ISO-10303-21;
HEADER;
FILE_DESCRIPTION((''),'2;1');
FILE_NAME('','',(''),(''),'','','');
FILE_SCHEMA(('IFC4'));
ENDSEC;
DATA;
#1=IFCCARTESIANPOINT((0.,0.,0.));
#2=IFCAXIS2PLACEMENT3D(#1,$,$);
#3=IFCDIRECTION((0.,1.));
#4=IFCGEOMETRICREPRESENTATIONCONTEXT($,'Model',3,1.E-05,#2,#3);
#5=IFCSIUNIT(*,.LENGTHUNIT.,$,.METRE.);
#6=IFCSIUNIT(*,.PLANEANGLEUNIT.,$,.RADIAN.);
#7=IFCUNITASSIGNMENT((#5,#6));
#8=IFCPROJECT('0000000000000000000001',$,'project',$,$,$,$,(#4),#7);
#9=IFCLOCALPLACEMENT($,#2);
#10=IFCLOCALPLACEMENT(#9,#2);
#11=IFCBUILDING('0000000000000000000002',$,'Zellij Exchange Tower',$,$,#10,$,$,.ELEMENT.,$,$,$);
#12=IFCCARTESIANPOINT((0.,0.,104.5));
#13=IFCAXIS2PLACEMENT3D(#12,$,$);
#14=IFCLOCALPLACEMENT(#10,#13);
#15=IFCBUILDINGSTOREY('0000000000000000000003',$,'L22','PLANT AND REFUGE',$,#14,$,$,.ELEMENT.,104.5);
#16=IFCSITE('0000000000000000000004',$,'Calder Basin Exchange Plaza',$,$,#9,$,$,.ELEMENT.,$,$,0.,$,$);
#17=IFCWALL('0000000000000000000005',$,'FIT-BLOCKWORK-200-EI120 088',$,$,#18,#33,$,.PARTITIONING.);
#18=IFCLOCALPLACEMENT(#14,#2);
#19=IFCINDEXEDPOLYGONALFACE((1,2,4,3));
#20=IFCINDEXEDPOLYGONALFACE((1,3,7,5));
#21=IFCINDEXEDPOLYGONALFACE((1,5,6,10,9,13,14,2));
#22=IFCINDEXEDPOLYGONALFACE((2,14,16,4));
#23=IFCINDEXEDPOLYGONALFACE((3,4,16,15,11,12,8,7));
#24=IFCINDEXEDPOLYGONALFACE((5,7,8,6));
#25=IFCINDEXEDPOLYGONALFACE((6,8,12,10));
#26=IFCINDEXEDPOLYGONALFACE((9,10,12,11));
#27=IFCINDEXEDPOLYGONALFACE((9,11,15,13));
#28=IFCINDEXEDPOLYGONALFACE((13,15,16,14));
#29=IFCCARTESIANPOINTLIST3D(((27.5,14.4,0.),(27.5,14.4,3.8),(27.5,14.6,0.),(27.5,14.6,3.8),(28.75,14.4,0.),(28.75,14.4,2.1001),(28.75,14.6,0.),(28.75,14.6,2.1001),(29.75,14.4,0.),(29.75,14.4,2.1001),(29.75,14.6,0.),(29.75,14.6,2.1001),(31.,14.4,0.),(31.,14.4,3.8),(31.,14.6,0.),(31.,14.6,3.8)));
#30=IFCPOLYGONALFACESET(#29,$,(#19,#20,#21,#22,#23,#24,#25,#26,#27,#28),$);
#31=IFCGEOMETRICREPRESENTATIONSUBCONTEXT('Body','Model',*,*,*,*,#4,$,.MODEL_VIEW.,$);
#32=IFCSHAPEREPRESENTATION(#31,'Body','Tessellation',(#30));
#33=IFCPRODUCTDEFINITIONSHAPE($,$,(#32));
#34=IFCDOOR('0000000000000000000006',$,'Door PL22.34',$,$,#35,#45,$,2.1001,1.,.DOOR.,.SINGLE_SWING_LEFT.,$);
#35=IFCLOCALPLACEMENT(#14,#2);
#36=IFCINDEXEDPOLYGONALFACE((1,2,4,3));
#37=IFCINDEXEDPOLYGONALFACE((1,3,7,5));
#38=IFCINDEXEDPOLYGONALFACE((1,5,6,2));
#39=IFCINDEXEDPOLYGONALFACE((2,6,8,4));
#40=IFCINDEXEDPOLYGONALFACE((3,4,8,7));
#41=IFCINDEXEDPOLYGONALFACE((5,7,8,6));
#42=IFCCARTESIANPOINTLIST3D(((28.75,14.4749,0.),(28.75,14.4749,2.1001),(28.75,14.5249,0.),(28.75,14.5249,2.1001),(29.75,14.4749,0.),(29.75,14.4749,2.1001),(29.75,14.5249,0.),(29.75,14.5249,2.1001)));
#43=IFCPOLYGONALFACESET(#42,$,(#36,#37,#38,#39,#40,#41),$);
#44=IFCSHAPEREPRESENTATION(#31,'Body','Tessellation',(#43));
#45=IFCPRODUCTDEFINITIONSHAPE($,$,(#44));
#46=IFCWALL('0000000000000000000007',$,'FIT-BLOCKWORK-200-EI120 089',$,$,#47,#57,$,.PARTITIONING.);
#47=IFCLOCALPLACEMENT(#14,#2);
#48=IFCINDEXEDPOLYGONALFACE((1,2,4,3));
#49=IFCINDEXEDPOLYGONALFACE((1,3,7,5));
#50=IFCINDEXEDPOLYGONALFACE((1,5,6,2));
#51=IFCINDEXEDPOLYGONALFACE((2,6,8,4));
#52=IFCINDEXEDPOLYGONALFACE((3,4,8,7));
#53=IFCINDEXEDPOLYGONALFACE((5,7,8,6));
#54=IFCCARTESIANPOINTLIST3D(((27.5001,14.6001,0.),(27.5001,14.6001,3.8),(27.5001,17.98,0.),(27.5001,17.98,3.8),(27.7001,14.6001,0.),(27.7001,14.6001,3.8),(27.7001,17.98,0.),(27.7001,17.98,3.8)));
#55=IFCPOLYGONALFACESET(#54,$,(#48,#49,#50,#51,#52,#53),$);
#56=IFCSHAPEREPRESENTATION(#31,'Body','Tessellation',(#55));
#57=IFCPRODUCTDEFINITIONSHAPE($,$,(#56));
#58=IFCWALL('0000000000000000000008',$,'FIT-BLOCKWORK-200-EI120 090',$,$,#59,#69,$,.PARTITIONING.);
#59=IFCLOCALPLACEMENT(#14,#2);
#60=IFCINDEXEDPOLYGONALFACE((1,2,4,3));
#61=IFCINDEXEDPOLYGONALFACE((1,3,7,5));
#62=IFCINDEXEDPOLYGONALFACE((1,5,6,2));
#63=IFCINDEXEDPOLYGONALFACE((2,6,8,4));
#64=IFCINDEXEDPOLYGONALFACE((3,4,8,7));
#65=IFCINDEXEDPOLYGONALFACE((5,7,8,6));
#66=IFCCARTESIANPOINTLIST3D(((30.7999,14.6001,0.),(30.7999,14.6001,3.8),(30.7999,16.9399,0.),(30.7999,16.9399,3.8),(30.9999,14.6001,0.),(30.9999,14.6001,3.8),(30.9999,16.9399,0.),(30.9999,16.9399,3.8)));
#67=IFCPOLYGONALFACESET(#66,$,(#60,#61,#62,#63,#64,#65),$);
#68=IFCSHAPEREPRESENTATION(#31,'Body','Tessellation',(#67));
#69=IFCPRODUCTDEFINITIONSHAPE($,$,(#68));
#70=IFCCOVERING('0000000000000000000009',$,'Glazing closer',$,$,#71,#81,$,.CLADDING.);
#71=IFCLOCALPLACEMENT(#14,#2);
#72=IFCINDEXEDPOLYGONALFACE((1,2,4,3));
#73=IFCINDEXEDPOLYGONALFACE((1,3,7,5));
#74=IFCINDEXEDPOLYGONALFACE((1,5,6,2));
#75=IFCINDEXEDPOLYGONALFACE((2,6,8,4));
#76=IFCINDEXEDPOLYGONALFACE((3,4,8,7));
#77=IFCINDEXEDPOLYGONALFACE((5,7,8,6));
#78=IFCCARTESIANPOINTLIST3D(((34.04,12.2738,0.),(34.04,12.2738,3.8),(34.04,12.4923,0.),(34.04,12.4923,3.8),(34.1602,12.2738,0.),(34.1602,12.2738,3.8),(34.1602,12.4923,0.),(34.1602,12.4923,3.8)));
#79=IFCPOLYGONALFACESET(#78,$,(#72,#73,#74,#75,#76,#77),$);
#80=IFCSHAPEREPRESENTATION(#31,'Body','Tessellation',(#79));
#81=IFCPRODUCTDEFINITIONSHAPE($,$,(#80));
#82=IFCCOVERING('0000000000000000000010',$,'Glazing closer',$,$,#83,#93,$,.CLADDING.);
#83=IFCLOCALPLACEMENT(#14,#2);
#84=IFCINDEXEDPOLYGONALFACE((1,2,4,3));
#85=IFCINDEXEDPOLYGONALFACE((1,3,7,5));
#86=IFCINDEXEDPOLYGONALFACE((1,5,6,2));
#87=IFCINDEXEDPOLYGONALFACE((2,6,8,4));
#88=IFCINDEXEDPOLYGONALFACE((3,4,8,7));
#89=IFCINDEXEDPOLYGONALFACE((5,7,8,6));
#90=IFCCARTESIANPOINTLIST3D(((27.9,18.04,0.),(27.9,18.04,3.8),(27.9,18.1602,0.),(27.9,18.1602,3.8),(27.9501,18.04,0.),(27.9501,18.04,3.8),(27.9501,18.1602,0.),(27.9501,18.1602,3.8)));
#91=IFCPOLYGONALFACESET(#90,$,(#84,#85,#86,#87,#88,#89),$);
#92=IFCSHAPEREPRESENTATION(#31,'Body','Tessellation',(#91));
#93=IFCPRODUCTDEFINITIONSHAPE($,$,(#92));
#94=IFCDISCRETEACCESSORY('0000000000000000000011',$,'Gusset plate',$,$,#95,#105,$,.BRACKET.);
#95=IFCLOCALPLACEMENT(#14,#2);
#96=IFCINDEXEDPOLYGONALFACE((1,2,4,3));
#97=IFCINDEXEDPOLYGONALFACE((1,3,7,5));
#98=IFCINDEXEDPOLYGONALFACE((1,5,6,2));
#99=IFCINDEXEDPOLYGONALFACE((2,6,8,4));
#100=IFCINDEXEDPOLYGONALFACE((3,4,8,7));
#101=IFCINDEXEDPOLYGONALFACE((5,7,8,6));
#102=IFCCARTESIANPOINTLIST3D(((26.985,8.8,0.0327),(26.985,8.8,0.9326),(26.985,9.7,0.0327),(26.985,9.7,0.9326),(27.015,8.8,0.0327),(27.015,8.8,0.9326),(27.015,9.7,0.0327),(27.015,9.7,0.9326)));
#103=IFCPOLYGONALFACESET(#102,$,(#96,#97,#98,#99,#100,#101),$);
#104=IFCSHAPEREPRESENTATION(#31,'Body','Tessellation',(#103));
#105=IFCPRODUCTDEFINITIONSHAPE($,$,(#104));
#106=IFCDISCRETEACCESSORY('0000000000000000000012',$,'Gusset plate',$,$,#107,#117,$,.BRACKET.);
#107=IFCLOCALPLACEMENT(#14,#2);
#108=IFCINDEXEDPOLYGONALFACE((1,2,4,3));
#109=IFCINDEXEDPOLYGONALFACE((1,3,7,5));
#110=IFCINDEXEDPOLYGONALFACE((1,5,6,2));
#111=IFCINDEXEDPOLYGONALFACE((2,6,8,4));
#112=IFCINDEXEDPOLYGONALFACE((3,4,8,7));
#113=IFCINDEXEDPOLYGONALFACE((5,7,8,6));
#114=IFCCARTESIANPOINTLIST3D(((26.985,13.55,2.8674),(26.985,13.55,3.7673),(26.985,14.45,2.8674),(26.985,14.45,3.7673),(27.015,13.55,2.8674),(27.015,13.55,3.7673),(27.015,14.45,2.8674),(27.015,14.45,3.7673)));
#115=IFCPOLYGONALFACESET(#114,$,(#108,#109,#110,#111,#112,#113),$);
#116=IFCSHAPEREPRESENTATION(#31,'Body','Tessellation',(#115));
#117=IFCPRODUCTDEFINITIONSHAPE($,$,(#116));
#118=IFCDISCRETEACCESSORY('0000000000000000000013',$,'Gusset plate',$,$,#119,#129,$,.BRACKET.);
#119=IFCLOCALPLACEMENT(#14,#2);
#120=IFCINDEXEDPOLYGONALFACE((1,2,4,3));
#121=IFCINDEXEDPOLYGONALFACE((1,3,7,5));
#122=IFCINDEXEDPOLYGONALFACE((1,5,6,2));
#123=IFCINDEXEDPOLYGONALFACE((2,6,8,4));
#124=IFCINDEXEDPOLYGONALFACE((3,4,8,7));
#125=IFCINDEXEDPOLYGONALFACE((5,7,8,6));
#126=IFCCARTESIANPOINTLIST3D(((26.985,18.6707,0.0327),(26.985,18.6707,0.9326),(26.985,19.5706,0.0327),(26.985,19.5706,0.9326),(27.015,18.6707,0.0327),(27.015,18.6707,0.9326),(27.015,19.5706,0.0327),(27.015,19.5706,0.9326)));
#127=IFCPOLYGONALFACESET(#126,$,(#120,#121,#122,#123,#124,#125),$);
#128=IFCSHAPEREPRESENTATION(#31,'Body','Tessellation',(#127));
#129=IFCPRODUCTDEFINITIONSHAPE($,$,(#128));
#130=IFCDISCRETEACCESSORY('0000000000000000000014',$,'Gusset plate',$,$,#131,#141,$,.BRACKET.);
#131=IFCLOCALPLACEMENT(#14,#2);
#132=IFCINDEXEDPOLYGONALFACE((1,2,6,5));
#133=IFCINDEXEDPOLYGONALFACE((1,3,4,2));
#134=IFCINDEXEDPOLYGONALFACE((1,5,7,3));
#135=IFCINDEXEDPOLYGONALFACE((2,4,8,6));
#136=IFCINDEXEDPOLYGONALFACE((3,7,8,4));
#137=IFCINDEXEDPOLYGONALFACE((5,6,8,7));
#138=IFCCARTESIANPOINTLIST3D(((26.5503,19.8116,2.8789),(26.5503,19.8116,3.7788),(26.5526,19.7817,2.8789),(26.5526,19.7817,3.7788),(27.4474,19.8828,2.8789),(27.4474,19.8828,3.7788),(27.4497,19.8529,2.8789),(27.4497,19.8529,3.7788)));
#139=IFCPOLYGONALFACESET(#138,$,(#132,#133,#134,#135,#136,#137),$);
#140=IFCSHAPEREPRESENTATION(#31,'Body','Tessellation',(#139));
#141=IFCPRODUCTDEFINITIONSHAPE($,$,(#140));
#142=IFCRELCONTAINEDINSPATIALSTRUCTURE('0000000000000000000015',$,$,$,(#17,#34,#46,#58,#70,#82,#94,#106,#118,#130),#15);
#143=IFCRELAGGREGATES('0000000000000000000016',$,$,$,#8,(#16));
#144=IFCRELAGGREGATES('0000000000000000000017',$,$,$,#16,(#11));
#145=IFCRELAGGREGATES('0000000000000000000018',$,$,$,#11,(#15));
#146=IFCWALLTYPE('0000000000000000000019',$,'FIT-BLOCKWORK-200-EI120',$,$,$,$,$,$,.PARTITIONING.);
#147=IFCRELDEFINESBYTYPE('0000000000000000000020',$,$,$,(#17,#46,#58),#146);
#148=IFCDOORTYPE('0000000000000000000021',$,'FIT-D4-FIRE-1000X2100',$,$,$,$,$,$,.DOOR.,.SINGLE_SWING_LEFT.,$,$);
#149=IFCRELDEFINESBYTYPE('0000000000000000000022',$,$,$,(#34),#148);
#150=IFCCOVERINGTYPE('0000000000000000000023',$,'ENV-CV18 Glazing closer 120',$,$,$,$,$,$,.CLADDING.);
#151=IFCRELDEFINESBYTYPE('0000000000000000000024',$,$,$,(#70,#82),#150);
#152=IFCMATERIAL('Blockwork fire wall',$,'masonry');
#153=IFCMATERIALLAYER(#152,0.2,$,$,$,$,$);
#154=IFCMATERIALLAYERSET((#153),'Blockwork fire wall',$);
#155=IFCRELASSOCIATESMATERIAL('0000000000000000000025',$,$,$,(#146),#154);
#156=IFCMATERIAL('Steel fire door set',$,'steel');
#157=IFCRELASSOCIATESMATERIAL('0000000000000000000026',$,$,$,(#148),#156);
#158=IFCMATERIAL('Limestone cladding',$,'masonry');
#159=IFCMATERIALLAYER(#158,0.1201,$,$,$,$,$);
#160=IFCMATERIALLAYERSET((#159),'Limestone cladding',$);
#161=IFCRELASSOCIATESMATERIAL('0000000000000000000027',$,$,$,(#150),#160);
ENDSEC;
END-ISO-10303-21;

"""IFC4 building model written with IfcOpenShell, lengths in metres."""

from ifc_helpers import new_model, si_unit, direction, frame, frame_2d, origin, origin_2d, place, context, subcontext, project, spatial, rectangle, extrude, material, layer, layer_set, type_object, element, fill, save


model = new_model("IFC4")

# Units and contexts
model_context = context("Model", 3, precision=1e-05, world=origin(), true_north=direction((0.0, 1.0)))
body_context = subcontext(model_context, "Body", "Model", "MODEL_VIEW")
ifc_project = project(units=[si_unit("LENGTHUNIT", "METRE"), si_unit("PLANEANGLEUNIT", "RADIAN")], contexts=[model_context])

# Site, building, storey
site_placement = place(None, origin())
site = spatial("IfcSite", under=ifc_project, at=site_placement, Name="Calder Basin Exchange Plaza", CompositionType="ELEMENT", RefElevation=0.0)
building_placement = place(site_placement, origin())
building = spatial("IfcBuilding", under=site, at=building_placement, Name="Zellij Exchange Tower", CompositionType="ELEMENT")
storey_placement = place(building_placement, frame((0.0, 0.0, 104.5)))
storey = spatial("IfcBuildingStorey", under=building, at=storey_placement, Name="L22", Description="PLANT AND REFUGE", CompositionType="ELEMENT", Elevation=104.5)

# Wall, opening, door
ifc_material_1 = material(Name="Blockwork fire wall", Category="masonry")
ifc_layer_1 = layer(ifc_material_1, 0.2)
ifc_layer_set_1 = layer_set([ifc_layer_1], Name="Blockwork fire wall")
wall_type_1 = type_object("IfcWallType", Name="FIT-BLOCKWORK-200-EI120", PredefinedType="PARTITIONING", material=ifc_layer_set_1)
wall_1_placement = place(storey_placement, frame((27.5, 14.5, 0.0), z_axis=(0.0, 0.0, 1.0), x_axis=(1.0, 0.0, 0.0)))
wall_1 = element("IfcWall", 1, at=wall_1_placement, inside=storey, type_object=wall_type_1, Name="FIT-BLOCKWORK-200-EI120 088", PredefinedType="PARTITIONING", context=body_context, shape_type="SweptSolid", body=[
    extrude(rectangle(XDim=3.5, YDim=0.2, at=frame_2d((1.75, 0.0))), origin(), (0.0, 0.0, 1.0), 3.8),
])
opening_placement = place(wall_1_placement, frame((1.25, 0.0, 0.0)))
opening = element("IfcOpeningElement", 2, at=opening_placement, cuts=wall_1, PredefinedType="OPENING", context=body_context, shape_type="SweptSolid", body=[
    extrude(rectangle(XDim=1.0, YDim=2.1001, at=frame_2d((0.5, 1.05))), frame((0.0, 0.1118, 0.0), z_axis=(0.0, -1.0, 0.0), x_axis=(1.0, 0.0, 0.0)), (0.0, 0.0, 1.0), 0.2239),
])
ifc_material_2 = material(Name="Steel fire door set", Category="steel")
door_type = type_object("IfcDoorType", Name="FIT-D4-FIRE-1000X2100", OperationType="SINGLE_SWING_LEFT", PredefinedType="DOOR", material=ifc_material_2)
door_placement = place(opening_placement, origin())
door = element("IfcDoor", 3, at=door_placement, inside=storey, type_object=door_type, Name="Door PL22.34", OperationType="SINGLE_SWING_LEFT", OverallHeight=2.1001, OverallWidth=1.0, PredefinedType="DOOR", context=body_context, shape_type="SweptSolid", body=[
    extrude(rectangle(XDim=1.0, YDim=2.1001, at=frame_2d((0.5, 1.05))), frame((0.0, 0.0249, 0.0), z_axis=(0.0, -1.0, 0.0), x_axis=(1.0, 0.0, 0.0)), (0.0, 0.0, 1.0), 0.05),
])
fill(opening, door)

# Walls
wall_2_placement = place(storey_placement, frame((27.6001, 14.6001, 0.0), z_axis=(0.0, 0.0, 1.0), x_axis=(0.0, 1.0, 0.0)))
element("IfcWall", 4, at=wall_2_placement, inside=storey, type_object=wall_type_1, Name="FIT-BLOCKWORK-200-EI120 089", PredefinedType="PARTITIONING", context=body_context, shape_type="SweptSolid", body=[
    extrude(rectangle(XDim=3.3799, YDim=0.2, at=frame_2d((1.6899, 0.0))), origin(), (0.0, 0.0, 1.0), 3.8),
])
wall_3_placement = place(storey_placement, frame((30.8999, 14.6001, 0.0), z_axis=(0.0, 0.0, 1.0), x_axis=(0.0, 1.0, 0.0)))
element("IfcWall", 5, at=wall_3_placement, inside=storey, type_object=wall_type_1, Name="FIT-BLOCKWORK-200-EI120 090", PredefinedType="PARTITIONING", context=body_context, shape_type="SweptSolid", body=[
    extrude(rectangle(XDim=2.3398, YDim=0.2, at=frame_2d((1.1699, 0.0))), origin(), (0.0, 0.0, 1.0), 3.8),
])

# Coverings
ifc_material_3 = material(Name="Limestone cladding", Category="masonry")
ifc_layer_2 = layer(ifc_material_3, 0.1201)
ifc_layer_set_2 = layer_set([ifc_layer_2], Name="Limestone cladding")
covering_type = type_object("IfcCoveringType", Name="ENV-CV18 Glazing closer 120", PredefinedType="CLADDING", material=ifc_layer_set_2)
covering_1_placement = place(storey_placement, frame((34.1001, 12.3831, 0.0), z_axis=(0.0, 0.0, 1.0), x_axis=(0.0, 1.0, 0.0)))
element("IfcCovering", 6, at=covering_1_placement, inside=storey, type_object=covering_type, Name="Glazing closer", PredefinedType="CLADDING", context=body_context, shape_type="SweptSolid", body=[
    extrude(rectangle(XDim=0.2185, YDim=0.1201, at=origin_2d()), origin(), (0.0, 0.0, 1.0), 3.8),
])
covering_2_placement = place(storey_placement, frame((27.925, 18.1001, 0.0), z_axis=(0.0, 0.0, 1.0), x_axis=(-1.0, 0.0, 0.0)))
element("IfcCovering", 7, at=covering_2_placement, inside=storey, type_object=covering_type, Name="Glazing closer", PredefinedType="CLADDING", context=body_context, shape_type="SweptSolid", body=[
    extrude(rectangle(XDim=0.05, YDim=0.1201, at=origin_2d()), origin(), (0.0, 0.0, 1.0), 3.8),
])

# Discrete accessories
for number, where, z_axis, x_axis, name in (
    (8, (27.0, 9.25, 0.0327), (0.0, 0.0, 1.0), (0.0, 1.0, 0.0), "Gusset plate"),
    (9, (27.0, 14.0, 2.8674), (0.0, 0.0, 1.0), (0.0, 1.0, 0.0), "Gusset plate"),
    (10, (27.0, 19.1206, 0.0327), (0.0, 0.0, 1.0), (0.0, 1.0, 0.0), "Gusset plate"),
    (11, (27.0, 19.8323, 2.8789), (0.0, 0.0, 1.0), (0.996864, 0.079129, 0.0), "Gusset plate"),
):
    element("IfcDiscreteAccessory", number, at=place(storey_placement, frame(where, z_axis=z_axis, x_axis=x_axis)), inside=storey, Name=name, PredefinedType="BRACKET", context=body_context, shape_type="SweptSolid", body=[
        extrude(rectangle(XDim=0.8999, YDim=0.03, at=origin_2d()), origin(), (0.0, 0.0, 1.0), 0.8999),
    ])

save(model, "model.ifc")
